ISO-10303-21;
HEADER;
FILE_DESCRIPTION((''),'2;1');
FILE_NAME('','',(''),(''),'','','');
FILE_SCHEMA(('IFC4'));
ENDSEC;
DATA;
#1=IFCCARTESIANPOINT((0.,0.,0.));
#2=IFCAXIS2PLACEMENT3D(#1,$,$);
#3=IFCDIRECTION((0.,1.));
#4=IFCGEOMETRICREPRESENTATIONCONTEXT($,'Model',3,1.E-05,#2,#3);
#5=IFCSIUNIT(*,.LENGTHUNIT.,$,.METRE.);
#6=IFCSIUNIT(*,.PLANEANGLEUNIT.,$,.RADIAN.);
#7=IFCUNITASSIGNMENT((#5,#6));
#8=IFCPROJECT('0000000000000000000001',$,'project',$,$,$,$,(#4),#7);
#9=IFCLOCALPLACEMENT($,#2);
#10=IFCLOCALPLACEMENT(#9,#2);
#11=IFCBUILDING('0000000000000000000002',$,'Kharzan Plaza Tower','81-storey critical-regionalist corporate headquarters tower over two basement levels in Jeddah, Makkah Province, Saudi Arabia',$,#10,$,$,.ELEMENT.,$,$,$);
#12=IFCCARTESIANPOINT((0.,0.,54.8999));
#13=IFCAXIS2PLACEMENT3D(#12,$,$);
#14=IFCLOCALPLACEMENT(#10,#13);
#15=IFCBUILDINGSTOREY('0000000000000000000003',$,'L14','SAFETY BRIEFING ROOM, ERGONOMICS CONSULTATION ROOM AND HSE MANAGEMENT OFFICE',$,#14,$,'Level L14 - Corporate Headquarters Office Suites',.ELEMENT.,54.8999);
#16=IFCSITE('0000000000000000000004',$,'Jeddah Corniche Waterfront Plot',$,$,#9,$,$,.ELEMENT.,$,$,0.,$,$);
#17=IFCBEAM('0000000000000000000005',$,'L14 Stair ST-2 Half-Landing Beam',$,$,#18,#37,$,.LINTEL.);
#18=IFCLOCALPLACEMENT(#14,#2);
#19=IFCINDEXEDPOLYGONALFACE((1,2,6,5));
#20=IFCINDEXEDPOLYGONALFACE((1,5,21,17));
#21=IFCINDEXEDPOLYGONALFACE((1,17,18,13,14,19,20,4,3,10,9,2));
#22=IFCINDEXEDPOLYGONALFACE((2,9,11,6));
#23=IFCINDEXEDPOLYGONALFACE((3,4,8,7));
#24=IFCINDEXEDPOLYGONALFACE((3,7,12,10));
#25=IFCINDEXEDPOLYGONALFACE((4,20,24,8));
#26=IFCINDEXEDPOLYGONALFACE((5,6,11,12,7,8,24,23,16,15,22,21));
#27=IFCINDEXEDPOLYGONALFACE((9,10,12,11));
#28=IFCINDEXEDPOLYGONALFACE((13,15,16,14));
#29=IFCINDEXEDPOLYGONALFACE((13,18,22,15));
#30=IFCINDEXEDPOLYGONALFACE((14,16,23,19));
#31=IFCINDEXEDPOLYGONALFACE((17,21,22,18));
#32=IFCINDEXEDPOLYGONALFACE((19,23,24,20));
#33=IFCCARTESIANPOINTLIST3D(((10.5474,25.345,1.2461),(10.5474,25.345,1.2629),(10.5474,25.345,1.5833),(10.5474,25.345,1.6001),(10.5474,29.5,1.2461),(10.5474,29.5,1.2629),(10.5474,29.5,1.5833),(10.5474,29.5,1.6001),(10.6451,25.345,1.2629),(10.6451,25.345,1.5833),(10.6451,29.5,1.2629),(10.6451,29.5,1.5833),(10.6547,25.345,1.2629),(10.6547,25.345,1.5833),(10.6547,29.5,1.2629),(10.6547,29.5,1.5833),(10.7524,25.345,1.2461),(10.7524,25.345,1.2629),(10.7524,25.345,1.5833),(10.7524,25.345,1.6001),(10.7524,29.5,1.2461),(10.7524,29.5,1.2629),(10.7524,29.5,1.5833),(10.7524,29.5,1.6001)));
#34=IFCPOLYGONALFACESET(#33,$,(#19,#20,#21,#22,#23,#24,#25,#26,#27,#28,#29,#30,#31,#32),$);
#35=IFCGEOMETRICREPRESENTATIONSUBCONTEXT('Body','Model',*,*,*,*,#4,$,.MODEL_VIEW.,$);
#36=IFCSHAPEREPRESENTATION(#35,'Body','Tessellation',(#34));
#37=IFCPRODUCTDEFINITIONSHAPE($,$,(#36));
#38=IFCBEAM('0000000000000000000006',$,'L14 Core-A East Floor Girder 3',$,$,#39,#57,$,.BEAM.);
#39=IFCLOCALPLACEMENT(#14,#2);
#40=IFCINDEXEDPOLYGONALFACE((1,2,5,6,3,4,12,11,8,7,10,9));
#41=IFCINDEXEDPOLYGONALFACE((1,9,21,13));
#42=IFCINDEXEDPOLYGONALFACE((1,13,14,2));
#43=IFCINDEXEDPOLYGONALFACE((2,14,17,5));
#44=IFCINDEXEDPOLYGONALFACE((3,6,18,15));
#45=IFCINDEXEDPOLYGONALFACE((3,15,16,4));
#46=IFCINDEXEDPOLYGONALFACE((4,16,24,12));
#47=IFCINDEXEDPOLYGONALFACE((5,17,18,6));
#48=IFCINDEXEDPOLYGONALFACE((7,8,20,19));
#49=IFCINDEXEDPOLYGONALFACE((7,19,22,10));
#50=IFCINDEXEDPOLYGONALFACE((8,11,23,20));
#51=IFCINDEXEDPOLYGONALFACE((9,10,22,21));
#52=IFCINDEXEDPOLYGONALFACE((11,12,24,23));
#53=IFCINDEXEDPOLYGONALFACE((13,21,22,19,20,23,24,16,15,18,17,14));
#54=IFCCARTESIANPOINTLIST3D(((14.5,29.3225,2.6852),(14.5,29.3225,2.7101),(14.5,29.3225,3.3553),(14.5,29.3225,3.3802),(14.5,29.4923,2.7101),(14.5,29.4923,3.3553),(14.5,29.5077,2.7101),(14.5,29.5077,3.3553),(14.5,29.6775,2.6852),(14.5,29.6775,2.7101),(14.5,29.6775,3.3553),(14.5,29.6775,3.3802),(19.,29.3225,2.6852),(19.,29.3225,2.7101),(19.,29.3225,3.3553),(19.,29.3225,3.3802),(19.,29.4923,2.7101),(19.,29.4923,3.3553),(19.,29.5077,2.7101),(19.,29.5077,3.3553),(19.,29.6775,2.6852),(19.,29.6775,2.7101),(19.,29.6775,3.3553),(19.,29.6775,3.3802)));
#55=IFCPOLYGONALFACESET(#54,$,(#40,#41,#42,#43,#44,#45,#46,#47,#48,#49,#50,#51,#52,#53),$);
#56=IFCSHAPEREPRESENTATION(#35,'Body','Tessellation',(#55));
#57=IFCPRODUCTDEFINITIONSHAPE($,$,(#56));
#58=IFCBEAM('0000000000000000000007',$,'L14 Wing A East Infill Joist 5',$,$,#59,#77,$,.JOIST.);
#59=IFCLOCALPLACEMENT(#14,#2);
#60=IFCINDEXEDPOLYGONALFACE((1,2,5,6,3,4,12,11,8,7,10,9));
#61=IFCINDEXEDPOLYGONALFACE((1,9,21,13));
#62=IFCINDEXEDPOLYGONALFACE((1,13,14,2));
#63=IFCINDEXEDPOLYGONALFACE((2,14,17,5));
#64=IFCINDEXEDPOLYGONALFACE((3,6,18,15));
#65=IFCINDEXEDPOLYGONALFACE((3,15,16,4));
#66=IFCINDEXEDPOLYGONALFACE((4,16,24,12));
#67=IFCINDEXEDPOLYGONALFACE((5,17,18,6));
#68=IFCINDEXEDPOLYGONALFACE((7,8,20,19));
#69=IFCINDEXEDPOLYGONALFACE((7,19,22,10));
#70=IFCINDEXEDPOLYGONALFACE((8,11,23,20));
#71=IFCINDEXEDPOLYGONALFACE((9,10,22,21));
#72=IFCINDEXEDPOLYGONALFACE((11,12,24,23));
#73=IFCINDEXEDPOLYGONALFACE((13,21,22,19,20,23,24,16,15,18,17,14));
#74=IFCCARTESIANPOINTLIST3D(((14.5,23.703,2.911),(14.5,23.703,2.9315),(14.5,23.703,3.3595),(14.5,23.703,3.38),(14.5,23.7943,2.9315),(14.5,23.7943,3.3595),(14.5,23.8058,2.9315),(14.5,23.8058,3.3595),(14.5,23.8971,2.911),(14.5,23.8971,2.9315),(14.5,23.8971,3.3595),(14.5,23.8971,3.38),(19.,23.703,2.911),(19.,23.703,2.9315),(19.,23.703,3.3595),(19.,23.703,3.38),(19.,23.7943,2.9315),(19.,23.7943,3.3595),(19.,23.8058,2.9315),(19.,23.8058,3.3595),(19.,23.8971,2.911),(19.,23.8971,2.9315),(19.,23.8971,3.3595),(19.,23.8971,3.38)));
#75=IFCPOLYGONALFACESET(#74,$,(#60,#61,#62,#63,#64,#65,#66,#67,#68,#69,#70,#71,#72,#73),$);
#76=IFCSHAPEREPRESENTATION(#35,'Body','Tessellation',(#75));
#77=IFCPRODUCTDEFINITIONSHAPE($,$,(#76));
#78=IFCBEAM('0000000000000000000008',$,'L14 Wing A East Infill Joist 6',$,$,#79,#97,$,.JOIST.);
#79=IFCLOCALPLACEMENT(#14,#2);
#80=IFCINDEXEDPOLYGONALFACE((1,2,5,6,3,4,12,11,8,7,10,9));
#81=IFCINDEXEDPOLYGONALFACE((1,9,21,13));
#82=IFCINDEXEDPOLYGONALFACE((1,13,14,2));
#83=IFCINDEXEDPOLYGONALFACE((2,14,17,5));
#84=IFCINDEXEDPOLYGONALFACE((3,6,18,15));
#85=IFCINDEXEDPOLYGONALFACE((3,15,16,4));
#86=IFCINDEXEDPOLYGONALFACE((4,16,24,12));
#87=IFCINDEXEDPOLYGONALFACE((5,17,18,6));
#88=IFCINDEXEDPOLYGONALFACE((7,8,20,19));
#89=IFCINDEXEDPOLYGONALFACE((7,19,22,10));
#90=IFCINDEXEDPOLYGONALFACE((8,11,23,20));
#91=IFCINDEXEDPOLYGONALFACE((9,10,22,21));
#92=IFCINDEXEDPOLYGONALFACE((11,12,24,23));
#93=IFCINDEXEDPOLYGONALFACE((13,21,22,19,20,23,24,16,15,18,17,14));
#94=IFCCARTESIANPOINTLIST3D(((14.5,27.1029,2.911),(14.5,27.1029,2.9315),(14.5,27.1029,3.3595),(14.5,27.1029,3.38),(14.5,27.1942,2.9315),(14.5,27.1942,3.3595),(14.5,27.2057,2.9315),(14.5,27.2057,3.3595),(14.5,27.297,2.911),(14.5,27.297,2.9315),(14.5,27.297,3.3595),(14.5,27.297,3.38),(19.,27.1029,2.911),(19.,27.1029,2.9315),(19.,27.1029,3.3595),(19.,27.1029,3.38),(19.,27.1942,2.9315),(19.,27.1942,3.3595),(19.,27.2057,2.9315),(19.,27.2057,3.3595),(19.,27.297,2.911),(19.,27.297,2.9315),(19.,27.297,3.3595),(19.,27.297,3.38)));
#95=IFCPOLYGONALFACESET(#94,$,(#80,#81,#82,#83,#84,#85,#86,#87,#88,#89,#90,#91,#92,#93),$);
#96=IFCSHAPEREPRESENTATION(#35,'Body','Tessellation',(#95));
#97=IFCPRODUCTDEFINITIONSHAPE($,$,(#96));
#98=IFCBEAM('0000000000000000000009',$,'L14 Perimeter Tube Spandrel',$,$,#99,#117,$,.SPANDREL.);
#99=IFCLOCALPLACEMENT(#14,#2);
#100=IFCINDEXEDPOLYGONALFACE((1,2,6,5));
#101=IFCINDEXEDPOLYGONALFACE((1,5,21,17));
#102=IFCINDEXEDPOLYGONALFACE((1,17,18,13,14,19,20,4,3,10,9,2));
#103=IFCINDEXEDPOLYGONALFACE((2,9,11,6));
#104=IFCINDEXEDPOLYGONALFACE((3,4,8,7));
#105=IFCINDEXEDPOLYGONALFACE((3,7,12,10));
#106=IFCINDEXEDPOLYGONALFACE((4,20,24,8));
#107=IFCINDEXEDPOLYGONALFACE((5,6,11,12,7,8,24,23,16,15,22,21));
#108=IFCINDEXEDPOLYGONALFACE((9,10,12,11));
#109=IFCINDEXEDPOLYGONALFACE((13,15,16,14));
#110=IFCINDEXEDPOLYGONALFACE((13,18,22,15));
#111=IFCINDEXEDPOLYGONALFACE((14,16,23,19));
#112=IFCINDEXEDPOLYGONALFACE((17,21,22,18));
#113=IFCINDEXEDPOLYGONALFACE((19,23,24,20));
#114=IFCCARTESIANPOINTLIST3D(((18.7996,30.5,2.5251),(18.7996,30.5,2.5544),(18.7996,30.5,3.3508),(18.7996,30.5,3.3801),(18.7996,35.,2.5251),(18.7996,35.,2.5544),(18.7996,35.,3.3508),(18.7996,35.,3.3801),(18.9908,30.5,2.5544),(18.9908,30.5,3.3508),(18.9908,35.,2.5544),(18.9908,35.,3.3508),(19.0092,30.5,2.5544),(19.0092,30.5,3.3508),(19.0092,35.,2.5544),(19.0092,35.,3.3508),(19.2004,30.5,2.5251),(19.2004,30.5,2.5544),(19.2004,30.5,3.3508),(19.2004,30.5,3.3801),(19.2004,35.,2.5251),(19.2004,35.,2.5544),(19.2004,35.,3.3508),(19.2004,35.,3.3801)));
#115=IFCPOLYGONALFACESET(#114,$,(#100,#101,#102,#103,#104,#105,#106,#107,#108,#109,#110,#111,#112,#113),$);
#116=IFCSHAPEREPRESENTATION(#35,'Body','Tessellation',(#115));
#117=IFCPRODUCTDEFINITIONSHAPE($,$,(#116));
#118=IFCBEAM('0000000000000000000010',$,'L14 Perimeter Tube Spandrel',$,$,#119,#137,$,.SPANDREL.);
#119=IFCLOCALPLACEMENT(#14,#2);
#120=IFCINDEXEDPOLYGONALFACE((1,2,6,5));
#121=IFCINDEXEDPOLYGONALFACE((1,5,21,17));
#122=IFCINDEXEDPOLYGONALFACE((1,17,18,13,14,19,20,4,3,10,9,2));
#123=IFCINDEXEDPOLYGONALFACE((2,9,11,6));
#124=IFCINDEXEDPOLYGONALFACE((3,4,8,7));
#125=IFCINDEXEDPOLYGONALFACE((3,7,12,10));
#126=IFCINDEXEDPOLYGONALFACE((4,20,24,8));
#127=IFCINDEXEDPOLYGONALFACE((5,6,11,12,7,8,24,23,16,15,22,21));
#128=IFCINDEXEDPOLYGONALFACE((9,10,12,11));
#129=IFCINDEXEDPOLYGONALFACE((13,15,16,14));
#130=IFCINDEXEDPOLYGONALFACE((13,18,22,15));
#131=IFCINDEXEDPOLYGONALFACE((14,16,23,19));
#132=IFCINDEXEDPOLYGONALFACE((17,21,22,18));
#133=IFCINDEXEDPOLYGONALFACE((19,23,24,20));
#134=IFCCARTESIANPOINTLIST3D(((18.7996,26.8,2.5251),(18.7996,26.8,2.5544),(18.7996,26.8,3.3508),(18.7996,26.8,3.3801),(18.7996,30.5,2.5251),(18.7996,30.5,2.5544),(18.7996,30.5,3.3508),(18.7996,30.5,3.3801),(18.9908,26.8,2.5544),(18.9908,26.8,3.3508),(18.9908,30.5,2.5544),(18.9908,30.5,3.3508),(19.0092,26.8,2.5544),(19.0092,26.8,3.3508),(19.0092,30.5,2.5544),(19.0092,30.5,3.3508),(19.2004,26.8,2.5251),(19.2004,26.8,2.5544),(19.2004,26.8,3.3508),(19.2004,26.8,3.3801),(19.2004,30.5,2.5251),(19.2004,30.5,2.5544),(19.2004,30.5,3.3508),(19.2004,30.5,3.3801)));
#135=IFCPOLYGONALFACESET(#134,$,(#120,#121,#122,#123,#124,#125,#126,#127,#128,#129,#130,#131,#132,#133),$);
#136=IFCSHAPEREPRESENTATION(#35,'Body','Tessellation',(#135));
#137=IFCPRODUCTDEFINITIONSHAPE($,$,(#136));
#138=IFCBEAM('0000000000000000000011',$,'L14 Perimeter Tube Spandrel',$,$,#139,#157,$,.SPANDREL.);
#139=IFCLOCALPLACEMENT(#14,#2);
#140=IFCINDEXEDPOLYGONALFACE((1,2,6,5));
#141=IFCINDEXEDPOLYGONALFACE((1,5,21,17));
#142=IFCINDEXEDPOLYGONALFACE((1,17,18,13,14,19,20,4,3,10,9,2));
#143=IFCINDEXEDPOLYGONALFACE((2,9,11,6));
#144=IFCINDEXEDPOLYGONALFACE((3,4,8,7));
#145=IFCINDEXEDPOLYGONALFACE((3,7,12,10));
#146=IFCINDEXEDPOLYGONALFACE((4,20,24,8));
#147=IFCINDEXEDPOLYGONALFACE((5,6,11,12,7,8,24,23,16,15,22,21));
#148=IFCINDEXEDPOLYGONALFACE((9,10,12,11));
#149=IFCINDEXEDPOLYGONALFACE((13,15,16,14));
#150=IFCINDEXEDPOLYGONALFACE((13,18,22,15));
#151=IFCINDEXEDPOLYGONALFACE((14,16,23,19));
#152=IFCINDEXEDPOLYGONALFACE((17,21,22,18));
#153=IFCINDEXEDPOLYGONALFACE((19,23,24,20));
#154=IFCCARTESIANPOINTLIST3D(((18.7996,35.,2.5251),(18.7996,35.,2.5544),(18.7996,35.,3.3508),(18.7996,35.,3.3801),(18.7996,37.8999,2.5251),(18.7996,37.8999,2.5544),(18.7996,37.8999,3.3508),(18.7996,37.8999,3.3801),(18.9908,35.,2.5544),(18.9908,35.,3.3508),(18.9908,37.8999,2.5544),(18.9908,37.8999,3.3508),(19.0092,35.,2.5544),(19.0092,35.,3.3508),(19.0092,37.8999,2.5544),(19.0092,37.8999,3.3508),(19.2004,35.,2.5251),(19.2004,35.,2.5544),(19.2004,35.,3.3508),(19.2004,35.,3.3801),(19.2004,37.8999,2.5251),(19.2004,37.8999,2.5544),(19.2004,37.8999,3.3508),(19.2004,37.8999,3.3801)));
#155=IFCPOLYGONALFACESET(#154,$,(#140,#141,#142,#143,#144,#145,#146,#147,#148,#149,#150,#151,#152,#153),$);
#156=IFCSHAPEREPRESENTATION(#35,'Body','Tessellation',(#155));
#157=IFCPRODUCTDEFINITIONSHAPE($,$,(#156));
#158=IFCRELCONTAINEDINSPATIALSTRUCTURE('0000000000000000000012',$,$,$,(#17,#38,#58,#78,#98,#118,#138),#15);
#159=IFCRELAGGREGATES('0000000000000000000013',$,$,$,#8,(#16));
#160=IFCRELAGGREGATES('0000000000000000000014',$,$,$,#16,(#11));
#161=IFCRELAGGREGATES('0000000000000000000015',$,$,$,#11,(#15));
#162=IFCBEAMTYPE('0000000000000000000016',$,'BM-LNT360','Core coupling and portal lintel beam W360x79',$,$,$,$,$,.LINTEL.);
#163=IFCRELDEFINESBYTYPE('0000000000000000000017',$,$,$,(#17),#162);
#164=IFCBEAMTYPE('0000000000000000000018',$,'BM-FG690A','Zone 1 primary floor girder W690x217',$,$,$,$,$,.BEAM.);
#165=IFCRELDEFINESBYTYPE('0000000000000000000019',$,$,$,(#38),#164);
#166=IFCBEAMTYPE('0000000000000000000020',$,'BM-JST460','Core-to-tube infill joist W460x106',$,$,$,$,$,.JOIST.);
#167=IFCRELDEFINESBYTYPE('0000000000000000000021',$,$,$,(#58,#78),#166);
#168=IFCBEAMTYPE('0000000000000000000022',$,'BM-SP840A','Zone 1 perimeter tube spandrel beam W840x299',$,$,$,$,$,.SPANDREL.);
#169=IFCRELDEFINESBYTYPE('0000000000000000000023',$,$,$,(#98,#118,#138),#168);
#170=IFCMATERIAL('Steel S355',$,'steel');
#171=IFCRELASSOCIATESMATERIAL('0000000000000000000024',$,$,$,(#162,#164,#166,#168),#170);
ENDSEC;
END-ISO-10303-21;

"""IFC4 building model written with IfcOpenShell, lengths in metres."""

from ifc_helpers import new_model, si_unit, direction, frame, origin, origin_2d, place, context, subcontext, project, spatial, i_section, extrude, source, transform, mapped, material, material_profile, profile_set, type_object, element, save


model = new_model("IFC4")

# Units and contexts
model_context = context("Model", 3, precision=1e-05, world=origin(), true_north=direction((0.0, 1.0)))
body_context = subcontext(model_context, "Body", "Model", "MODEL_VIEW")
ifc_project = project(units=[si_unit("LENGTHUNIT", "METRE"), si_unit("PLANEANGLEUNIT", "RADIAN")], contexts=[model_context])

# Site, building, storey
site_placement = place(None, origin())
site = spatial("IfcSite", under=ifc_project, at=site_placement, Name="Jeddah Corniche Waterfront Plot", CompositionType="ELEMENT", RefElevation=0.0)
building_placement = place(site_placement, origin())
building = spatial("IfcBuilding", under=site, at=building_placement, Name="Kharzan Plaza Tower", Description="81-storey critical-regionalist corporate headquarters tower over two basement levels in Jeddah, Makkah Province, Saudi Arabia", CompositionType="ELEMENT")
storey_placement = place(building_placement, frame((0.0, 0.0, 54.8999)))
storey = spatial("IfcBuildingStorey", under=building, at=storey_placement, Name="L14", Description="SAFETY BRIEFING ROOM, ERGONOMICS CONSULTATION ROOM AND HSE MANAGEMENT OFFICE", LongName="Level L14 - Corporate Headquarters Office Suites", CompositionType="ELEMENT", Elevation=54.8999)

# Beams
ifc_material_1 = material(Name="Steel S355", Category="steel")
ifc_material_profile_1 = material_profile(ifc_material_1, i_section(OverallWidth=0.2051, OverallDepth=0.354, WebThickness=0.0095, FlangeThickness=0.0168, at=origin_2d()), Name="W360x79")
ifc_profile_set_1 = profile_set([ifc_material_profile_1], Name="Steel S355")
beam_type_1 = type_object("IfcBeamType", Name="BM-LNT360", Description="Core coupling and portal lintel beam W360x79", PredefinedType="LINTEL", material=ifc_profile_set_1)
shared_shape_1 = source(origin(), body_context, "Body", "SweptSolid", [
    extrude(i_section(OverallWidth=0.2051, OverallDepth=0.354, WebThickness=0.0095, FlangeThickness=0.0168, at=origin_2d()), origin(), (0.0, 0.0, 1.0), 4.155),
])
beam_1_placement = place(storey_placement, frame((10.6499, 25.345, 1.4231), z_axis=(0.0, 1.0, 0.0), x_axis=(-1.0, 0.0, 0.0)))
element("IfcBeam", 1, at=beam_1_placement, inside=storey, type_object=beam_type_1, Name="L14 Stair ST-2 Half-Landing Beam", PredefinedType="LINTEL", context=body_context, shape_type="MappedRepresentation", body=[
    mapped(shared_shape_1, transform((0.0, 0.0, 0.0), x_axis=(1.0, 0.0, 0.0), y_axis=(0.0, 1.0, 0.0), z_axis=(0.0, 0.0, 1.0))),
])
ifc_material_profile_2 = material_profile(ifc_material_1, i_section(OverallWidth=0.355, OverallDepth=0.6951, WebThickness=0.0154, FlangeThickness=0.0249, at=origin_2d()), Name="W690x217")
ifc_profile_set_2 = profile_set([ifc_material_profile_2], Name="Steel S355")
beam_type_2 = type_object("IfcBeamType", Name="BM-FG690A", Description="Zone 1 primary floor girder W690x217", PredefinedType="BEAM", material=ifc_profile_set_2)
shared_shape_2 = source(origin(), body_context, "Body", "SweptSolid", [
    extrude(i_section(OverallWidth=0.355, OverallDepth=0.6951, WebThickness=0.0154, FlangeThickness=0.0249, at=origin_2d()), origin(), (0.0, 0.0, 1.0), 4.5),
])
beam_2_placement = place(storey_placement, frame((14.5, 29.5, 3.0327), z_axis=(1.0, 0.0, 0.0), x_axis=(0.0, 1.0, 0.0)))
element("IfcBeam", 2, at=beam_2_placement, inside=storey, type_object=beam_type_2, Name="L14 Core-A East Floor Girder 3", PredefinedType="BEAM", context=body_context, shape_type="MappedRepresentation", body=[
    mapped(shared_shape_2, transform((0.0, 0.0, 0.0), x_axis=(1.0, 0.0, 0.0), y_axis=(0.0, 1.0, 0.0), z_axis=(0.0, 0.0, 1.0))),
])
ifc_material_profile_3 = material_profile(ifc_material_1, i_section(OverallWidth=0.1941, OverallDepth=0.469, WebThickness=0.0115, FlangeThickness=0.0205, at=origin_2d()), Name="W460x106")
ifc_profile_set_3 = profile_set([ifc_material_profile_3], Name="Steel S355")
beam_type_3 = type_object("IfcBeamType", Name="BM-JST460", Description="Core-to-tube infill joist W460x106", PredefinedType="JOIST", material=ifc_profile_set_3)
shared_shape_3 = source(origin(), body_context, "Body", "SweptSolid", [
    extrude(i_section(OverallWidth=0.1941, OverallDepth=0.469, WebThickness=0.0115, FlangeThickness=0.0205, at=origin_2d()), origin(), (0.0, 0.0, 1.0), 4.5),
])
for number, where, z_axis, x_axis, name in (
    (3, (14.5, 23.8, 3.1455), (1.0, 0.0, 0.0), (0.0, 1.0, 0.0), "L14 Wing A East Infill Joist 5"),
    (4, (14.5, 27.2, 3.1455), (1.0, 0.0, 0.0), (0.0, 1.0, 0.0), "L14 Wing A East Infill Joist 6"),
):
    element("IfcBeam", number, at=place(storey_placement, frame(where, z_axis=z_axis, x_axis=x_axis)), inside=storey, type_object=beam_type_3, Name=name, PredefinedType="JOIST", context=body_context, shape_type="MappedRepresentation", body=[
        mapped(shared_shape_3, transform((0.0, 0.0, 0.0), x_axis=(1.0, 0.0, 0.0), y_axis=(0.0, 1.0, 0.0), z_axis=(0.0, 0.0, 1.0))),
    ])
ifc_material_profile_4 = material_profile(ifc_material_1, i_section(OverallWidth=0.4009, OverallDepth=0.855, WebThickness=0.0183, FlangeThickness=0.0293, at=origin_2d()), Name="W840x299")
ifc_profile_set_4 = profile_set([ifc_material_profile_4], Name="Steel S355")
beam_type_4 = type_object("IfcBeamType", Name="BM-SP840A", Description="Zone 1 perimeter tube spandrel beam W840x299", PredefinedType="SPANDREL", material=ifc_profile_set_4)
shared_shape_4 = source(origin(), body_context, "Body", "SweptSolid", [
    extrude(i_section(OverallWidth=0.4009, OverallDepth=0.855, WebThickness=0.0183, FlangeThickness=0.0293, at=origin_2d()), origin(), (0.0, 0.0, 1.0), 4.5),
])
beam_3_placement = place(storey_placement, frame((19.0, 30.5, 2.9526), z_axis=(0.0, 1.0, 0.0), x_axis=(-1.0, 0.0, 0.0)))
element("IfcBeam", 5, at=beam_3_placement, inside=storey, type_object=beam_type_4, Name="L14 Perimeter Tube Spandrel", PredefinedType="SPANDREL", context=body_context, shape_type="MappedRepresentation", body=[
    mapped(shared_shape_4, transform((0.0, 0.0, 0.0), x_axis=(1.0, 0.0, 0.0), y_axis=(0.0, 1.0, 0.0), z_axis=(0.0, 0.0, 1.0))),
])
shared_shape_5 = source(origin(), body_context, "Body", "SweptSolid", [
    extrude(i_section(OverallWidth=0.4009, OverallDepth=0.855, WebThickness=0.0183, FlangeThickness=0.0293, at=origin_2d()), origin(), (0.0, 0.0, 1.0), 3.7),
])
beam_4_placement = place(storey_placement, frame((19.0, 26.8, 2.9526), z_axis=(0.0, 1.0, 0.0), x_axis=(-1.0, 0.0, 0.0)))
element("IfcBeam", 6, at=beam_4_placement, inside=storey, type_object=beam_type_4, Name="L14 Perimeter Tube Spandrel", PredefinedType="SPANDREL", context=body_context, shape_type="MappedRepresentation", body=[
    mapped(shared_shape_5, transform((0.0, 0.0, 0.0), x_axis=(1.0, 0.0, 0.0), y_axis=(0.0, 1.0, 0.0), z_axis=(0.0, 0.0, 1.0))),
])
shared_shape_6 = source(origin(), body_context, "Body", "SweptSolid", [
    extrude(i_section(OverallWidth=0.4009, OverallDepth=0.855, WebThickness=0.0183, FlangeThickness=0.0293, at=origin_2d()), origin(), (0.0, 0.0, 1.0), 2.8999),
])
beam_5_placement = place(storey_placement, frame((19.0, 35.0, 2.9526), z_axis=(0.0, 1.0, 0.0), x_axis=(-1.0, 0.0, 0.0)))
element("IfcBeam", 7, at=beam_5_placement, inside=storey, type_object=beam_type_4, Name="L14 Perimeter Tube Spandrel", PredefinedType="SPANDREL", context=body_context, shape_type="MappedRepresentation", body=[
    mapped(shared_shape_6, transform((0.0, 0.0, 0.0), x_axis=(1.0, 0.0, 0.0), y_axis=(0.0, 1.0, 0.0), z_axis=(0.0, 0.0, 1.0))),
])

save(model, "model.ifc")
